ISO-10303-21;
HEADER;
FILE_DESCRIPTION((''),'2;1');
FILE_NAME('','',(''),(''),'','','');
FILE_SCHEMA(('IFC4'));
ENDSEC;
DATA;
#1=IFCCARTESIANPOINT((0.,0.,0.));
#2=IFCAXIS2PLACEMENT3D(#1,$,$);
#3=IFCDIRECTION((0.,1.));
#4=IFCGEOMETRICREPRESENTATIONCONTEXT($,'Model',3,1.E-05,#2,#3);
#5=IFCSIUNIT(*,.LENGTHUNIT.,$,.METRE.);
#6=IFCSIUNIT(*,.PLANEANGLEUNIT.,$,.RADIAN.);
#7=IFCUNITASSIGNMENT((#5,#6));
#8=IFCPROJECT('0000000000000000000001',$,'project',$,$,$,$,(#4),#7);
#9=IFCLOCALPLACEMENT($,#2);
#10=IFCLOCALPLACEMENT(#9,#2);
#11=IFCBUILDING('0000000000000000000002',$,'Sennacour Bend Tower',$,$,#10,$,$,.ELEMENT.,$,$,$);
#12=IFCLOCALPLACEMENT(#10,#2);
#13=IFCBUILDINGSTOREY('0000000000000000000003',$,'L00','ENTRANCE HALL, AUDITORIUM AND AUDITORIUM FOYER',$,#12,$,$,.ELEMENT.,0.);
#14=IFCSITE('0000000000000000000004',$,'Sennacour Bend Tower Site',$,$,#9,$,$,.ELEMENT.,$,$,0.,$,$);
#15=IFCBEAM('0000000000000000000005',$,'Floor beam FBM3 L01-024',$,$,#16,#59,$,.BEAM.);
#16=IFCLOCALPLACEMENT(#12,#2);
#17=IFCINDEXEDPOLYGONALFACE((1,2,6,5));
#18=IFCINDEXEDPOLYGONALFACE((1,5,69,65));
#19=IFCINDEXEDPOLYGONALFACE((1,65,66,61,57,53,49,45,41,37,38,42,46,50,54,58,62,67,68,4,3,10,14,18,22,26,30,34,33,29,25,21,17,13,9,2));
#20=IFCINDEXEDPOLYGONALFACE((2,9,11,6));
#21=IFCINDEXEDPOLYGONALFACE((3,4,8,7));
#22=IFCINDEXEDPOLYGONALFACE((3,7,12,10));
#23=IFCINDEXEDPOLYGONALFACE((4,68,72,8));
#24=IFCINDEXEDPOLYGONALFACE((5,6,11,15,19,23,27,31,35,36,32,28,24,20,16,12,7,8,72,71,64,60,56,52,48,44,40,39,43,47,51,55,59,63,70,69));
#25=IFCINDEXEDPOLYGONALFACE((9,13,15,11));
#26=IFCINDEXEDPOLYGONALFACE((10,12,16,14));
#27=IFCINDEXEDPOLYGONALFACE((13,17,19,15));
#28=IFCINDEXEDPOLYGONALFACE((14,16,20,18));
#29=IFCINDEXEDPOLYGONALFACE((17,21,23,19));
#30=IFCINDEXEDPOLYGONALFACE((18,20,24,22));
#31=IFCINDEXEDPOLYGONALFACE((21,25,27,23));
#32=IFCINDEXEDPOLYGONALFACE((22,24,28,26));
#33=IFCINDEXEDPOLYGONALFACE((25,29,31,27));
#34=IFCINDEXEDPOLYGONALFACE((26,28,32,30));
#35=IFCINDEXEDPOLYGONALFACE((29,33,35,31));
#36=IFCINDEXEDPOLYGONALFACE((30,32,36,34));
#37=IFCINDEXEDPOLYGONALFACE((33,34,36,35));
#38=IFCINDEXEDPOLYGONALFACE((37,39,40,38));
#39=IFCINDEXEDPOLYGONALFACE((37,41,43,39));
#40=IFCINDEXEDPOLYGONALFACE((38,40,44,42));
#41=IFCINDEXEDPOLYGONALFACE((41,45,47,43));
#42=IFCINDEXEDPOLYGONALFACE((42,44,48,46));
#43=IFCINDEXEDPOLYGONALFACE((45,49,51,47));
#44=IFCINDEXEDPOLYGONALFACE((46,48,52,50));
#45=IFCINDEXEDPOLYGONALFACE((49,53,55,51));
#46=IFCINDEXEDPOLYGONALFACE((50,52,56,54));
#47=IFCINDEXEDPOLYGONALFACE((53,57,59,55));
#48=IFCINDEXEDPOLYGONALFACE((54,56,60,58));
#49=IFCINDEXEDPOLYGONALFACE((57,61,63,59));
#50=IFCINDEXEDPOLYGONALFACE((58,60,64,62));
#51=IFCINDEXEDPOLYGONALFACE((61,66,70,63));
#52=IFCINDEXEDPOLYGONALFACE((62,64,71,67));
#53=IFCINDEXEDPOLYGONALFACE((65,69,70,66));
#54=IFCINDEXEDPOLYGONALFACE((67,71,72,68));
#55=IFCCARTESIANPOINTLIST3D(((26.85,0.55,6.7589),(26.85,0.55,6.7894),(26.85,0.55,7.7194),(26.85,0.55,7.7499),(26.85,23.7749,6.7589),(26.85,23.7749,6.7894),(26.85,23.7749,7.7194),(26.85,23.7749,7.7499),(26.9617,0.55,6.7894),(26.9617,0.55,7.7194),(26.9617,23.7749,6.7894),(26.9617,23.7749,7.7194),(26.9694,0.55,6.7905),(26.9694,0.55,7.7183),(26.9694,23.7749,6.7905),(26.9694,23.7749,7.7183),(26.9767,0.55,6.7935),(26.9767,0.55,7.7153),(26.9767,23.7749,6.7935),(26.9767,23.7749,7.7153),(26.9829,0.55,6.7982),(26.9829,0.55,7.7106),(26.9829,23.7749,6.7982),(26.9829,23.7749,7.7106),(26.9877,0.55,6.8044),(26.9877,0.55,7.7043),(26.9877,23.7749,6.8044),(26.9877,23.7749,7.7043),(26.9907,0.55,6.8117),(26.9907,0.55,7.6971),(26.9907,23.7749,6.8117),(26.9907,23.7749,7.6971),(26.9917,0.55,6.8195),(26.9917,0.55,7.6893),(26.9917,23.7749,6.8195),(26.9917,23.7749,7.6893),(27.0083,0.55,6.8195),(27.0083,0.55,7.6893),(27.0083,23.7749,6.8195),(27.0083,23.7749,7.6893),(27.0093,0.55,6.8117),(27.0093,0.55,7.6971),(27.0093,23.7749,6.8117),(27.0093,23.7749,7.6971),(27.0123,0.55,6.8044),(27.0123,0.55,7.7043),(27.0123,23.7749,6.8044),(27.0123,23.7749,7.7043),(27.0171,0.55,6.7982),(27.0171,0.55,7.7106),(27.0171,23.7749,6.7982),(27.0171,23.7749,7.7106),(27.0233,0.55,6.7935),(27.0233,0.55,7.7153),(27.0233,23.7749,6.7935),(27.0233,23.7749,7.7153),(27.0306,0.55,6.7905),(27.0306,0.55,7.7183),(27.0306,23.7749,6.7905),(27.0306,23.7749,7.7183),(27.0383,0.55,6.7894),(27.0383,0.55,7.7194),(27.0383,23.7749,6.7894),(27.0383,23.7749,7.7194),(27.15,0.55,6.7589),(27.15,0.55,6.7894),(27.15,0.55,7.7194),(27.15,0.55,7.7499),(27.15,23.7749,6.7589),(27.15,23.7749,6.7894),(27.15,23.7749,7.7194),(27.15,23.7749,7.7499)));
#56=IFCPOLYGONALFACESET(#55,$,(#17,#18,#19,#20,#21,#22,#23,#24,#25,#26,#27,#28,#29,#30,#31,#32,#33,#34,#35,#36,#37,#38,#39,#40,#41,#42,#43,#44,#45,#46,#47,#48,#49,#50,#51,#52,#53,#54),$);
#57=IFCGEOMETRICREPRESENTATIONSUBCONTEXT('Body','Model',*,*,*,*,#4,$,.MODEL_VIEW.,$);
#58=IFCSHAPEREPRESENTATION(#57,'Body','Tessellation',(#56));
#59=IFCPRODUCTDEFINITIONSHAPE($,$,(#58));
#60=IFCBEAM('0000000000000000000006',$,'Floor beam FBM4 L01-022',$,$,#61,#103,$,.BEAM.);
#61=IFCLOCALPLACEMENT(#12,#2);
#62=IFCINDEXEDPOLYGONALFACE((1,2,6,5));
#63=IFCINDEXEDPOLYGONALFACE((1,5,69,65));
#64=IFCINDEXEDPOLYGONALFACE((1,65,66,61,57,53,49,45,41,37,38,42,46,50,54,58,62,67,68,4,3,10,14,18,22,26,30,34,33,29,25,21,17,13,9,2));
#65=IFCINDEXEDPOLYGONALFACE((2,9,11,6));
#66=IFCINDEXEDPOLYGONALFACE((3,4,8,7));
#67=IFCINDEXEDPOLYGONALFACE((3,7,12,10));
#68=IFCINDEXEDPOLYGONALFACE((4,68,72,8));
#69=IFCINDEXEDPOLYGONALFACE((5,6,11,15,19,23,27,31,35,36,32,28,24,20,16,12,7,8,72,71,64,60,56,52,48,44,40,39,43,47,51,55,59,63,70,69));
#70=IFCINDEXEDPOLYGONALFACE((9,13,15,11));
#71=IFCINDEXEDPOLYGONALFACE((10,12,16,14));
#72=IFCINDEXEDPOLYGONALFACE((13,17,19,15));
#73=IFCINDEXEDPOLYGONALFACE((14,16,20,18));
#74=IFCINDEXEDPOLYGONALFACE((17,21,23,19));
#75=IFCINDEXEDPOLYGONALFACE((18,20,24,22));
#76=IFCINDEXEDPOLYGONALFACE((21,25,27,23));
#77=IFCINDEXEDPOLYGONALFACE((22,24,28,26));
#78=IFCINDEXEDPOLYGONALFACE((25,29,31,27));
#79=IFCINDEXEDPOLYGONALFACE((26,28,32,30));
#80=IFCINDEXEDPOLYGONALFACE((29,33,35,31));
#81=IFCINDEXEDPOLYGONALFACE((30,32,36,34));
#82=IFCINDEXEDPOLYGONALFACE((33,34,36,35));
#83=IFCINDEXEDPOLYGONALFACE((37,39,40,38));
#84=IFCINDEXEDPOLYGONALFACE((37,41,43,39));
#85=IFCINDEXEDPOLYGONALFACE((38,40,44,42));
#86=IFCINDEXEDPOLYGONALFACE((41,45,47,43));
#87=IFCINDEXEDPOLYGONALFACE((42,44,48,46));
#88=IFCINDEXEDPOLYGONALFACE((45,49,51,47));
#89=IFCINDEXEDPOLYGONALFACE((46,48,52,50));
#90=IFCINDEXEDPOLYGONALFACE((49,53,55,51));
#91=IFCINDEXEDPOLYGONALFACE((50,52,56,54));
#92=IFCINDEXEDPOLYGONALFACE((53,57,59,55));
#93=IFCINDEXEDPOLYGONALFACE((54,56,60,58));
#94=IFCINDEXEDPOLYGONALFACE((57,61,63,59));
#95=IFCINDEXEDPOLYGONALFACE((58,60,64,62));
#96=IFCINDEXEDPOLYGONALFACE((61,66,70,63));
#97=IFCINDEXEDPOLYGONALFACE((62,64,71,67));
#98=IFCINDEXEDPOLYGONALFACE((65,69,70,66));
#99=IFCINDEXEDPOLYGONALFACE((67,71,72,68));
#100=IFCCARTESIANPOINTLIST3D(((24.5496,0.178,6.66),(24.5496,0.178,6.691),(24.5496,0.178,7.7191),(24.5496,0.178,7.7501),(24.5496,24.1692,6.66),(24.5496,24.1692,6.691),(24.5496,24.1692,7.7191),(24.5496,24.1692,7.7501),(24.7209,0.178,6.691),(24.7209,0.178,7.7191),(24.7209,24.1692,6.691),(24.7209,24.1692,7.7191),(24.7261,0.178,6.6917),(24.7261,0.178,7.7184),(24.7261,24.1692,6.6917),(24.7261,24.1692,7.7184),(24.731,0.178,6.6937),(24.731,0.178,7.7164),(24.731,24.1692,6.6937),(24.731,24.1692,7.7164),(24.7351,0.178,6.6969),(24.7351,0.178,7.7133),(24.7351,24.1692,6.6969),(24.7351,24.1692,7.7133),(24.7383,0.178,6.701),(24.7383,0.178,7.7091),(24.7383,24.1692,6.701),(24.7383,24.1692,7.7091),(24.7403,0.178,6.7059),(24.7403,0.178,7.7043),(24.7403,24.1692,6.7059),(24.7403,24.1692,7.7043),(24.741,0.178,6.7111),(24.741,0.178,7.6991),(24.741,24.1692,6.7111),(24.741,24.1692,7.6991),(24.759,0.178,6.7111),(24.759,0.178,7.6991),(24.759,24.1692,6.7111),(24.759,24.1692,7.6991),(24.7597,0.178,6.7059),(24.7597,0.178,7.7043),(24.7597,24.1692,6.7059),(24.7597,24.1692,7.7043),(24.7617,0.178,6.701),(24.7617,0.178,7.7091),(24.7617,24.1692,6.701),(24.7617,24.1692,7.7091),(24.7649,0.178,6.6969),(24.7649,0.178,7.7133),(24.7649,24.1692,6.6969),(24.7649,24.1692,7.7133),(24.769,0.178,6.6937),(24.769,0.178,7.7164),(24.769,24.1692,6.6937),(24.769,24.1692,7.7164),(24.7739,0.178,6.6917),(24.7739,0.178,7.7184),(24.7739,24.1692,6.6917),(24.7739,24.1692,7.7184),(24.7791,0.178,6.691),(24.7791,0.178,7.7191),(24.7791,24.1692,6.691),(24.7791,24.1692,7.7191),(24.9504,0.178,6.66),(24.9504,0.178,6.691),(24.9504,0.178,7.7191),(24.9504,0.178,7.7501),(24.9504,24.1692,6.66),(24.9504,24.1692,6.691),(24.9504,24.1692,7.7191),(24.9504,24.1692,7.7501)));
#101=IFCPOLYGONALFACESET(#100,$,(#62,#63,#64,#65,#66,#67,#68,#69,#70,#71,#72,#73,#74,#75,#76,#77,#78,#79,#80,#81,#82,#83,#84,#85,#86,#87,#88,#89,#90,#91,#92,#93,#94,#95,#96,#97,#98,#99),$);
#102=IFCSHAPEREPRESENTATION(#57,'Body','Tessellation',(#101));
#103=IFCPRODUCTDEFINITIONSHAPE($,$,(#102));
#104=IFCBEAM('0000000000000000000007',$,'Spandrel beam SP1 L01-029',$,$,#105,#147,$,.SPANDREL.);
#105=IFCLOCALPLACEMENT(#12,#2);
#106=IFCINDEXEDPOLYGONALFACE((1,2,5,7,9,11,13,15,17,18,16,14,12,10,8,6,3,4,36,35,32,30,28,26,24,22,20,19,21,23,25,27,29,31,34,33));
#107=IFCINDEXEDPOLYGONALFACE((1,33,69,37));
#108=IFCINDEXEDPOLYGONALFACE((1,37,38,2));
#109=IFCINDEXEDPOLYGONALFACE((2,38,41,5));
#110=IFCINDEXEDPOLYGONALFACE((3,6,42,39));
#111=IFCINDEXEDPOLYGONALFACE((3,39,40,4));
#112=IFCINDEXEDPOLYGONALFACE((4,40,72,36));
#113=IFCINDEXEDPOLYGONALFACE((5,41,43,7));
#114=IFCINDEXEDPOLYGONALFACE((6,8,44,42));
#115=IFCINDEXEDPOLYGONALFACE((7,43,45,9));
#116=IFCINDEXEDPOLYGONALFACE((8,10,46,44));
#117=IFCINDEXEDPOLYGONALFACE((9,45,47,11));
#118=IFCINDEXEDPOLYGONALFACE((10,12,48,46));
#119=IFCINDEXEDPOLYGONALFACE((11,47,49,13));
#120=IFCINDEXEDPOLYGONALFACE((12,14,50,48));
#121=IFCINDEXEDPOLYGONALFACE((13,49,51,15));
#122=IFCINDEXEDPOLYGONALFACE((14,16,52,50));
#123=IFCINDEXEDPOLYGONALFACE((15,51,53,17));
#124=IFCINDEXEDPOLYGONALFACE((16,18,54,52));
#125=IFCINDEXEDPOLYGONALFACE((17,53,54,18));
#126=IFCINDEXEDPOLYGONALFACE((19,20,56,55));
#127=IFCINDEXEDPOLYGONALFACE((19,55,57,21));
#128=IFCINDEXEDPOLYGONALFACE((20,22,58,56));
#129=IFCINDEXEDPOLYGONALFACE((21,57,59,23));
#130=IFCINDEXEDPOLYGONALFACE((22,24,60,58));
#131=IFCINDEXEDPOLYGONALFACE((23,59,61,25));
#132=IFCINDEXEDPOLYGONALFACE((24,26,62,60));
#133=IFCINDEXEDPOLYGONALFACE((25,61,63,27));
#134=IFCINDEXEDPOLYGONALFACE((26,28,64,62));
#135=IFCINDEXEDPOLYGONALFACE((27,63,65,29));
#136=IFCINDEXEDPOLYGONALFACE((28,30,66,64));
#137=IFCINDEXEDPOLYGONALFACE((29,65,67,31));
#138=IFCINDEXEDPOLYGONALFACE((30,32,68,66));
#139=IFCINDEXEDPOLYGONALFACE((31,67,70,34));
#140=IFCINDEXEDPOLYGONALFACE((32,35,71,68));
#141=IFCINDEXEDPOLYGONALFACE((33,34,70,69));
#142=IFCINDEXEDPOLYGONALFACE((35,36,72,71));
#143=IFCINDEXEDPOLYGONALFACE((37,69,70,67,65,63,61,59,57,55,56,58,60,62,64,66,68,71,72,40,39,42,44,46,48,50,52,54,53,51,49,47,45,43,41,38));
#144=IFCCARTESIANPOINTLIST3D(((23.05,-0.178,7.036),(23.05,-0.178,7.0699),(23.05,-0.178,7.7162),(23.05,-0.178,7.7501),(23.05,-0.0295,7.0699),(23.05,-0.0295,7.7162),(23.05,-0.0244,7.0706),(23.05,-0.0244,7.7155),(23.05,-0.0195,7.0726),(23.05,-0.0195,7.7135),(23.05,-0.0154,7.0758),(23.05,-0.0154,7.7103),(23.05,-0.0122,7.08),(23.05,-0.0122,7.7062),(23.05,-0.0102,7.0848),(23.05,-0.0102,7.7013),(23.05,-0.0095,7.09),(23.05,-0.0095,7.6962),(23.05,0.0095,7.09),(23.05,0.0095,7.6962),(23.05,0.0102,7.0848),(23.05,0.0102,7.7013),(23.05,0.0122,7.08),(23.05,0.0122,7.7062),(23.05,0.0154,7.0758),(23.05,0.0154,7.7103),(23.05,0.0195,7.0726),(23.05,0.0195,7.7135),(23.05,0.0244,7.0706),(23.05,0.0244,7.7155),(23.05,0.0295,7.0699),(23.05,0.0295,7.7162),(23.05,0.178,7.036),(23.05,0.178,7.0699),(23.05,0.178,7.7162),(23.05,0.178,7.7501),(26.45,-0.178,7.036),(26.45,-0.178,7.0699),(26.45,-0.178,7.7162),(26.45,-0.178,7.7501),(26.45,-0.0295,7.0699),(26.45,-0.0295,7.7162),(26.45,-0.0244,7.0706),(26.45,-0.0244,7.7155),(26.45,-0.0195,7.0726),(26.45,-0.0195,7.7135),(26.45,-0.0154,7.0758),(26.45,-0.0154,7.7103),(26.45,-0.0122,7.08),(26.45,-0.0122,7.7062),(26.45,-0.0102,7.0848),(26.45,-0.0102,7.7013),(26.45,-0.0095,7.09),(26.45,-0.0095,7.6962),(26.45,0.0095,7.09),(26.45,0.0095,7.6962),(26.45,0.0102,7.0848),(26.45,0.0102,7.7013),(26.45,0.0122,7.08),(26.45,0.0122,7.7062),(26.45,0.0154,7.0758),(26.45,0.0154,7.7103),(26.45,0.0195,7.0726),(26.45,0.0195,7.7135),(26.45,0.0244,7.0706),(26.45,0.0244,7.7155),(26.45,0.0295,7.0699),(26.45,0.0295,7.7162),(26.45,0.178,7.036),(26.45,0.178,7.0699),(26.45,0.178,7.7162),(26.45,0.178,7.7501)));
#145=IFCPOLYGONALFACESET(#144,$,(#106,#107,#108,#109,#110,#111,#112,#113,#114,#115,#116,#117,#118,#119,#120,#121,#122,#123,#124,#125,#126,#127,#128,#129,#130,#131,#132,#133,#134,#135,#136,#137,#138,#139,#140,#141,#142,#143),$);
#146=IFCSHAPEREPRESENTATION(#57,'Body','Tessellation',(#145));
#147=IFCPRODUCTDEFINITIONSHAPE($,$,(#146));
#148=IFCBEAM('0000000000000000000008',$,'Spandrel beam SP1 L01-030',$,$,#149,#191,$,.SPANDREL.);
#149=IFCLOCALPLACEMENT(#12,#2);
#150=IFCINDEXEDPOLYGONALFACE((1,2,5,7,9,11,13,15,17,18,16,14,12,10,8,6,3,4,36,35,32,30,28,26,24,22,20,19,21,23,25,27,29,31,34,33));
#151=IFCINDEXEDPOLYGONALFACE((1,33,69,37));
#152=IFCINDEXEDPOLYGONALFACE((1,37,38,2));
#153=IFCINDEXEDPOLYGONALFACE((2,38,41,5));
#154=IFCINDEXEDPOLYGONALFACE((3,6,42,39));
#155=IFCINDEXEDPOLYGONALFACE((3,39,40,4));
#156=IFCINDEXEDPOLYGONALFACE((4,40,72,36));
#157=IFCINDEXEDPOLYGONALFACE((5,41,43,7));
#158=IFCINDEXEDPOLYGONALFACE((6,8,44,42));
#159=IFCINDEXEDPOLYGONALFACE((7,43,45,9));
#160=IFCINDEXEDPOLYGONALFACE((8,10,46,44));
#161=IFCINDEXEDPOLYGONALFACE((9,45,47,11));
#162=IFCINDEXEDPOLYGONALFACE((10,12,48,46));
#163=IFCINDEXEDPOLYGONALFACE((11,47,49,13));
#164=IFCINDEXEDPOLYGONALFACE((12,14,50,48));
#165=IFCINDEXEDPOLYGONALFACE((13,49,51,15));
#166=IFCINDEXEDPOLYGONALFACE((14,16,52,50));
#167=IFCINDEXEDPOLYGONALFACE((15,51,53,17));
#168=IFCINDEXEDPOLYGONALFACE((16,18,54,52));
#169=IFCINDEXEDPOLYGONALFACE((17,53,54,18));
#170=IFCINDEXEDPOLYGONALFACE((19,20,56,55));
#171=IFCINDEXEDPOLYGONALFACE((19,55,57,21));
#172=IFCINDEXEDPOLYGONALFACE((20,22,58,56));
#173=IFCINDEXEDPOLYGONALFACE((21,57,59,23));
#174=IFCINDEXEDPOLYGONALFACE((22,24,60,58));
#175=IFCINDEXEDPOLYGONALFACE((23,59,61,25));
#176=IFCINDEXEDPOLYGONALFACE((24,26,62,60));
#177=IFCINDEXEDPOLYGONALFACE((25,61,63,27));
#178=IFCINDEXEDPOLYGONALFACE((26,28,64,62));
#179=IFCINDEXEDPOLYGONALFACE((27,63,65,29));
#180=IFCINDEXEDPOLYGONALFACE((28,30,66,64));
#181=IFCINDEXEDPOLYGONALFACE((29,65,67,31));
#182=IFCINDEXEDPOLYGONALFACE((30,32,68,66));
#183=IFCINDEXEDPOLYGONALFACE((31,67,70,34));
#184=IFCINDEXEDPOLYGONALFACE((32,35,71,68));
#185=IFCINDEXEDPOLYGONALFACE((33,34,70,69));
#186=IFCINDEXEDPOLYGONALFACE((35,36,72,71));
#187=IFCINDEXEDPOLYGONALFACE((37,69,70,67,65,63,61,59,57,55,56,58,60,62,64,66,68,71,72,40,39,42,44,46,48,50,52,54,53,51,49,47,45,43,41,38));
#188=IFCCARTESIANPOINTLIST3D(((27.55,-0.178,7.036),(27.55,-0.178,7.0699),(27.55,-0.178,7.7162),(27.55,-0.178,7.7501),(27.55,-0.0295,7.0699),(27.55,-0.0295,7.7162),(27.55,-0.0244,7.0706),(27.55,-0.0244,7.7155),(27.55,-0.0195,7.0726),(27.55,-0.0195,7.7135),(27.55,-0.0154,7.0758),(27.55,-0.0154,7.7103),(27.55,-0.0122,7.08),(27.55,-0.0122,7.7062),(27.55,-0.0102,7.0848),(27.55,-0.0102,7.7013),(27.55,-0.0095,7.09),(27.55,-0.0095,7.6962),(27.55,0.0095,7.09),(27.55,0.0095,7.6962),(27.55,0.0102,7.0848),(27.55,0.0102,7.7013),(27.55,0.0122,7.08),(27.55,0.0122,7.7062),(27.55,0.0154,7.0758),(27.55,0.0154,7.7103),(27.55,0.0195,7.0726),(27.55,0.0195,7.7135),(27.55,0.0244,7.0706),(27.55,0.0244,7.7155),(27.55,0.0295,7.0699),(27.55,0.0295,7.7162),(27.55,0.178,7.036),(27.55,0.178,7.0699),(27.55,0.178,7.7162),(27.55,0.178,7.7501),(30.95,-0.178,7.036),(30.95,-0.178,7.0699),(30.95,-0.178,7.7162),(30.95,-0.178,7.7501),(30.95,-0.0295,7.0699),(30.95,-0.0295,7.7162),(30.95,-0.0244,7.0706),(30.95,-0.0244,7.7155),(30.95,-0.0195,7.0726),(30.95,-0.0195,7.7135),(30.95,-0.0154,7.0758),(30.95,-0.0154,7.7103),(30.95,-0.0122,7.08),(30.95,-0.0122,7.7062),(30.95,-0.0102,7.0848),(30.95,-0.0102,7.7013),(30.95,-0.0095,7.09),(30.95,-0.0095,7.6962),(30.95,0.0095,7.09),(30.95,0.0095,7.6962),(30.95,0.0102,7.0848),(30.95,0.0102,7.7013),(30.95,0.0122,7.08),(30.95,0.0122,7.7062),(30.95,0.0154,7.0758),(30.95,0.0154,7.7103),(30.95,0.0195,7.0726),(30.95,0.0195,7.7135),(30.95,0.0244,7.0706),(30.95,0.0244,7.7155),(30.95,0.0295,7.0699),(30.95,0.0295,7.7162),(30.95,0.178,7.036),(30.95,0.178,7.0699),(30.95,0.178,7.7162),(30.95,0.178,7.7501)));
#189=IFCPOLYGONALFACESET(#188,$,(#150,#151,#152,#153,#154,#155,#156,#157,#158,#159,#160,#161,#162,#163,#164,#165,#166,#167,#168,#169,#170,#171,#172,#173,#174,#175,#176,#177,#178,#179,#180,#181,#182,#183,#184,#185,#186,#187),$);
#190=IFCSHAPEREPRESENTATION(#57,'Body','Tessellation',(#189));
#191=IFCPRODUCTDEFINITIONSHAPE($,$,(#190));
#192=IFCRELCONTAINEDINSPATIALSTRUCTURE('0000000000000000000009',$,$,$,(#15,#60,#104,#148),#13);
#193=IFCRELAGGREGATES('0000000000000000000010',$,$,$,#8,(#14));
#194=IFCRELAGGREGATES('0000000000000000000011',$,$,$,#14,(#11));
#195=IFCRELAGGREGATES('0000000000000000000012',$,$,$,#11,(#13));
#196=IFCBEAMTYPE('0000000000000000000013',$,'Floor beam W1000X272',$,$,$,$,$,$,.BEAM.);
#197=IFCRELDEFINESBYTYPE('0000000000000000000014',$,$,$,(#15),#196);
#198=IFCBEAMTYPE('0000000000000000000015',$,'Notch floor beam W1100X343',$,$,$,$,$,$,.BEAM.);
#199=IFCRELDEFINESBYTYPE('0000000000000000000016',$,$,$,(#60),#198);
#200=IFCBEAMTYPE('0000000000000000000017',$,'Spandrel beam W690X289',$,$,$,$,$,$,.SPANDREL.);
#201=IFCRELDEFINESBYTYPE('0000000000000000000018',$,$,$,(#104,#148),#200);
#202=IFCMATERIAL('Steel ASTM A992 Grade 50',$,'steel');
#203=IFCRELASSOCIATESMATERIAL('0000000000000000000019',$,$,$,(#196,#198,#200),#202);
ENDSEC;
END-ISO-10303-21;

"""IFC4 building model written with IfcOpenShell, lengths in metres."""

from ifc_helpers import new_model, si_unit, direction, frame, origin, origin_2d, place, context, subcontext, project, spatial, i_section, extrude, material, material_profile, profile_set, type_object, element, save


model = new_model("IFC4")

# Units and contexts
model_context = context("Model", 3, precision=1e-05, world=origin(), true_north=direction((0.0, 1.0)))
body_context = subcontext(model_context, "Body", "Model", "MODEL_VIEW")
ifc_project = project(units=[si_unit("LENGTHUNIT", "METRE"), si_unit("PLANEANGLEUNIT", "RADIAN")], contexts=[model_context])

# Site, building, storey
site_placement = place(None, origin())
site = spatial("IfcSite", under=ifc_project, at=site_placement, Name="Sennacour Bend Tower Site", CompositionType="ELEMENT", RefElevation=0.0)
building_placement = place(site_placement, origin())
building = spatial("IfcBuilding", under=site, at=building_placement, Name="Sennacour Bend Tower", CompositionType="ELEMENT")
storey_placement = place(building_placement, origin())
storey = spatial("IfcBuildingStorey", under=building, at=storey_placement, Name="L00", Description="ENTRANCE HALL, AUDITORIUM AND AUDITORIUM FOYER", CompositionType="ELEMENT", Elevation=0.0)

# Beams
ifc_material_1 = material(Name="Steel ASTM A992 Grade 50", Category="steel")
ifc_material_profile_1 = material_profile(ifc_material_1, i_section(OverallWidth=0.3, OverallDepth=0.991, WebThickness=0.0166, FlangeThickness=0.0305, FilletRadius=0.03, at=origin_2d()), Name="Steel ASTM A992 Grade 50", Category="steel")
ifc_profile_set_1 = profile_set([ifc_material_profile_1], Name="Steel ASTM A992 Grade 50")
beam_type_1 = type_object("IfcBeamType", Name="Floor beam W1000X272", PredefinedType="BEAM", material=ifc_profile_set_1)
beam_1_placement = place(storey_placement, frame((27.0, 0.55, 7.2544), z_axis=(0.0, 1.0, 0.0), x_axis=(-1.0, 0.0, 0.0)))
element("IfcBeam", 1, at=beam_1_placement, inside=storey, type_object=beam_type_1, Name="Floor beam FBM3 L01-024", PredefinedType="BEAM", context=body_context, shape_type="SweptSolid", body=[
    extrude(i_section(OverallWidth=0.3, OverallDepth=0.991, WebThickness=0.0166, FlangeThickness=0.0305, FilletRadius=0.03, at=origin_2d()), origin(), (0.0, 0.0, 1.0), 23.2249),
])
ifc_material_profile_2 = material_profile(ifc_material_1, i_section(OverallWidth=0.4009, OverallDepth=1.0901, WebThickness=0.0181, FlangeThickness=0.031, FilletRadius=0.02, at=origin_2d()), Name="Steel ASTM A992 Grade 50", Category="steel")
ifc_profile_set_2 = profile_set([ifc_material_profile_2], Name="Steel ASTM A992 Grade 50")
beam_type_2 = type_object("IfcBeamType", Name="Notch floor beam W1100X343", PredefinedType="BEAM", material=ifc_profile_set_2)
beam_2_placement = place(storey_placement, frame((24.75, 0.178, 7.2051), z_axis=(0.0, 1.0, 0.0), x_axis=(-1.0, 0.0, 0.0)))
element("IfcBeam", 2, at=beam_2_placement, inside=storey, type_object=beam_type_2, Name="Floor beam FBM4 L01-022", PredefinedType="BEAM", context=body_context, shape_type="SweptSolid", body=[
    extrude(i_section(OverallWidth=0.4009, OverallDepth=1.0901, WebThickness=0.0181, FlangeThickness=0.031, FilletRadius=0.02, at=origin_2d()), origin(), (0.0, 0.0, 1.0), 23.9912),
])
ifc_material_profile_3 = material_profile(ifc_material_1, i_section(OverallWidth=0.356, OverallDepth=0.7141, WebThickness=0.019, FlangeThickness=0.0339, FilletRadius=0.02, at=origin_2d()), Name="Steel ASTM A992 Grade 50", Category="steel")
ifc_profile_set_3 = profile_set([ifc_material_profile_3], Name="Steel ASTM A992 Grade 50")
beam_type_3 = type_object("IfcBeamType", Name="Spandrel beam W690X289", PredefinedType="SPANDREL", material=ifc_profile_set_3)
for number, where, z_axis, x_axis, name in (
    (3, (23.05, 0.0, 7.3931), (1.0, 0.0, 0.0), (0.0, 1.0, 0.0), "Spandrel beam SP1 L01-029"),
    (4, (27.55, 0.0, 7.3931), (1.0, 0.0, 0.0), (0.0, 1.0, 0.0), "Spandrel beam SP1 L01-030"),
):
    element("IfcBeam", number, at=place(storey_placement, frame(where, z_axis=z_axis, x_axis=x_axis)), inside=storey, type_object=beam_type_3, Name=name, PredefinedType="SPANDREL", context=body_context, shape_type="SweptSolid", body=[
        extrude(i_section(OverallWidth=0.356, OverallDepth=0.7141, WebThickness=0.019, FlangeThickness=0.0339, FilletRadius=0.02, at=origin_2d()), origin(), (0.0, 0.0, 1.0), 3.3999),
    ])

save(model, "model.ifc")
